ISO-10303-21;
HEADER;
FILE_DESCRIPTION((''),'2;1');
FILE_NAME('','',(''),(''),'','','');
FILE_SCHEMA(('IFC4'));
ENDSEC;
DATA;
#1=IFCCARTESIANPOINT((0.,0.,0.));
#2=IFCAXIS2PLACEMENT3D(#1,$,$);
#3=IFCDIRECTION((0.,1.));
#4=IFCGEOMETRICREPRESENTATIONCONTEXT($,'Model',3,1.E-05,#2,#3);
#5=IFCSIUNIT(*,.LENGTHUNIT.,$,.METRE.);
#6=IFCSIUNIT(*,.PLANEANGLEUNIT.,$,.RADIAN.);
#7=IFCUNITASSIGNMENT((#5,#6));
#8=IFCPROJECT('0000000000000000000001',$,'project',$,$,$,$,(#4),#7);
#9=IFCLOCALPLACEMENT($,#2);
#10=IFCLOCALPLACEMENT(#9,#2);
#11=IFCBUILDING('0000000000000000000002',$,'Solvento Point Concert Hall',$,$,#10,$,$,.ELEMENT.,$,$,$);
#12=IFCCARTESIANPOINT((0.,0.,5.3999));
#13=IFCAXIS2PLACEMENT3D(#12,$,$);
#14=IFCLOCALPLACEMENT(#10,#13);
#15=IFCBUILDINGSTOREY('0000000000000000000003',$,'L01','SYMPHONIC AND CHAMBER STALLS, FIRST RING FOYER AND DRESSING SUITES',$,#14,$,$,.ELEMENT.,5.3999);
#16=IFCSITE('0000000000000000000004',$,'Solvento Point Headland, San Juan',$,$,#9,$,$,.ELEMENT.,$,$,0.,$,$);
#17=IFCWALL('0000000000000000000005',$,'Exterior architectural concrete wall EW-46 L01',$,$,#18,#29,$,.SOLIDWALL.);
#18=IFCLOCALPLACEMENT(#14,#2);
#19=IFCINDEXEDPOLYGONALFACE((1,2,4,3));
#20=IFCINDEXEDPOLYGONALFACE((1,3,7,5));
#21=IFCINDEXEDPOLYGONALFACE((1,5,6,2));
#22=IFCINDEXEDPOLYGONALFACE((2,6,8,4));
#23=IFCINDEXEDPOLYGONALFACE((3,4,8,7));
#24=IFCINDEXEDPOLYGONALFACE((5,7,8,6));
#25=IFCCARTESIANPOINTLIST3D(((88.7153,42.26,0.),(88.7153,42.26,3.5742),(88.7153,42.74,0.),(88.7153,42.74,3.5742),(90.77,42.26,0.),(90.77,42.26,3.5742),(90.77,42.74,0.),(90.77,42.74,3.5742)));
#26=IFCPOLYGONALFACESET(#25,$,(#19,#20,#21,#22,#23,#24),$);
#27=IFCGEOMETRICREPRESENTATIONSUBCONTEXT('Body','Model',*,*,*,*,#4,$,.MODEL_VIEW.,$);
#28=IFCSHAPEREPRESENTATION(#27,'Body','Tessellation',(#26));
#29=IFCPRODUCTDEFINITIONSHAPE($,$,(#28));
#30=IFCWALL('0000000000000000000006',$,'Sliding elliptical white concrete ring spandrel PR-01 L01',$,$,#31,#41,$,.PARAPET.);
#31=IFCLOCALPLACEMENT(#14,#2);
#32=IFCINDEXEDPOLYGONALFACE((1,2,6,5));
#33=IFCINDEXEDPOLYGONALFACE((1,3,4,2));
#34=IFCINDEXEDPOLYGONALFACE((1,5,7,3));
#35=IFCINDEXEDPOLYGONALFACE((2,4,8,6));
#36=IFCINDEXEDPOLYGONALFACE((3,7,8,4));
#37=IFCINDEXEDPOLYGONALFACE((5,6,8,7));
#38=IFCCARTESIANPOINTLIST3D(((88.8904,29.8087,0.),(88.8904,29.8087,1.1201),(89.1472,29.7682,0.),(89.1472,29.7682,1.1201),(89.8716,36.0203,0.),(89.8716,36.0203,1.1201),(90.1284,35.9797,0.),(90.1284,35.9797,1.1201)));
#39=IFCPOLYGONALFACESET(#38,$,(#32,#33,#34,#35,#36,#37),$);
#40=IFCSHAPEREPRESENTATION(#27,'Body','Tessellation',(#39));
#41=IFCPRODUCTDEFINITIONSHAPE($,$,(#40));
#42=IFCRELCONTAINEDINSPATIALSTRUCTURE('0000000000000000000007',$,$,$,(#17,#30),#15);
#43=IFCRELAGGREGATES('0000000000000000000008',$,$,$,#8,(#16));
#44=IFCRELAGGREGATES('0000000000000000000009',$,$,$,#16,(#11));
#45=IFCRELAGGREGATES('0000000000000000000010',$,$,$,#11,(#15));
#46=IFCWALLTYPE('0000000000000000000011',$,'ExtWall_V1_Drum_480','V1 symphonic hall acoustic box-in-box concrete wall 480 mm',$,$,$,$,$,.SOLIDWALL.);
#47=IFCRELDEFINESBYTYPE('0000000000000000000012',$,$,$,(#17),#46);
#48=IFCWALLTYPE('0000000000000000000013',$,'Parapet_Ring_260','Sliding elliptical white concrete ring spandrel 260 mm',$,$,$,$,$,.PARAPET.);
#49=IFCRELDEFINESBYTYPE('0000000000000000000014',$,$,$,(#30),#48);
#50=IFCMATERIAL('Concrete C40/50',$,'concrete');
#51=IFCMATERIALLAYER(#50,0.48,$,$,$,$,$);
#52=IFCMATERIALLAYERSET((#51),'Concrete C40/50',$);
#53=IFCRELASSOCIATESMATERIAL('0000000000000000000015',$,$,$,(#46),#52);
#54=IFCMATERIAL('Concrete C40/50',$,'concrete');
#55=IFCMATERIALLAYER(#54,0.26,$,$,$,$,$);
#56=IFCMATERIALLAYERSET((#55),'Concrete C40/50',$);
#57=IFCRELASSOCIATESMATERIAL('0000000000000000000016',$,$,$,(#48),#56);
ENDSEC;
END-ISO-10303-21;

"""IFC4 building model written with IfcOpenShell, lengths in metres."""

from ifc_helpers import new_model, si_unit, direction, frame, frame_2d, origin, place, context, subcontext, project, spatial, rectangle, extrude, material, layer, layer_set, type_object, element, save


model = new_model("IFC4")

# Units and contexts
model_context = context("Model", 3, precision=1e-05, world=origin(), true_north=direction((0.0, 1.0)))
body_context = subcontext(model_context, "Body", "Model", "MODEL_VIEW")
ifc_project = project(units=[si_unit("LENGTHUNIT", "METRE"), si_unit("PLANEANGLEUNIT", "RADIAN")], contexts=[model_context])

# Site, building, storey
site_placement = place(None, origin())
site = spatial("IfcSite", under=ifc_project, at=site_placement, Name="Solvento Point Headland, San Juan", CompositionType="ELEMENT", RefElevation=0.0)
building_placement = place(site_placement, origin())
building = spatial("IfcBuilding", under=site, at=building_placement, Name="Solvento Point Concert Hall", CompositionType="ELEMENT")
storey_placement = place(building_placement, frame((0.0, 0.0, 5.3999)))
storey = spatial("IfcBuildingStorey", under=building, at=storey_placement, Name="L01", Description="SYMPHONIC AND CHAMBER STALLS, FIRST RING FOYER AND DRESSING SUITES", CompositionType="ELEMENT", Elevation=5.3999)

# Walls
ifc_material_1 = material(Name="Concrete C40/50", Category="concrete")
ifc_layer_1 = layer(ifc_material_1, 0.48)
ifc_layer_set_1 = layer_set([ifc_layer_1], Name="Concrete C40/50")
wall_type_1 = type_object("IfcWallType", Name="ExtWall_V1_Drum_480", Description="V1 symphonic hall acoustic box-in-box concrete wall 480 mm", PredefinedType="SOLIDWALL", material=ifc_layer_set_1)
wall_1_placement = place(storey_placement, frame((90.77, 42.5, 0.0), z_axis=(0.0, 0.0, 1.0), x_axis=(-1.0, 0.0, 0.0)))
element("IfcWall", 1, at=wall_1_placement, inside=storey, type_object=wall_type_1, Name="Exterior architectural concrete wall EW-46 L01", PredefinedType="SOLIDWALL", context=body_context, shape_type="SweptSolid", body=[
    extrude(rectangle(XDim=2.0547, YDim=0.48, at=frame_2d((1.0273, 0.0))), origin(), (0.0, 0.0, 1.0), 3.5742),
])
ifc_material_2 = material(Name="Concrete C40/50", Category="concrete")
ifc_layer_2 = layer(ifc_material_2, 0.26)
ifc_layer_set_2 = layer_set([ifc_layer_2], Name="Concrete C40/50")
wall_type_2 = type_object("IfcWallType", Name="Parapet_Ring_260", Description="Sliding elliptical white concrete ring spandrel 260 mm", PredefinedType="PARAPET", material=ifc_layer_set_2)
wall_2_placement = place(storey_placement, frame((90.0, 36.0, 0.0), z_axis=(0.0, 0.0, 1.0), x_axis=(-0.156026, -0.987753, 0.0)))
element("IfcWall", 2, at=wall_2_placement, inside=storey, type_object=wall_type_2, Name="Sliding elliptical white concrete ring spandrel PR-01 L01", PredefinedType="PARAPET", context=body_context, shape_type="SweptSolid", body=[
    extrude(rectangle(XDim=6.2886, YDim=0.26, at=frame_2d((3.1443, 0.0))), origin(), (0.0, 0.0, 1.0), 1.1201),
])

save(model, "model.ifc")
